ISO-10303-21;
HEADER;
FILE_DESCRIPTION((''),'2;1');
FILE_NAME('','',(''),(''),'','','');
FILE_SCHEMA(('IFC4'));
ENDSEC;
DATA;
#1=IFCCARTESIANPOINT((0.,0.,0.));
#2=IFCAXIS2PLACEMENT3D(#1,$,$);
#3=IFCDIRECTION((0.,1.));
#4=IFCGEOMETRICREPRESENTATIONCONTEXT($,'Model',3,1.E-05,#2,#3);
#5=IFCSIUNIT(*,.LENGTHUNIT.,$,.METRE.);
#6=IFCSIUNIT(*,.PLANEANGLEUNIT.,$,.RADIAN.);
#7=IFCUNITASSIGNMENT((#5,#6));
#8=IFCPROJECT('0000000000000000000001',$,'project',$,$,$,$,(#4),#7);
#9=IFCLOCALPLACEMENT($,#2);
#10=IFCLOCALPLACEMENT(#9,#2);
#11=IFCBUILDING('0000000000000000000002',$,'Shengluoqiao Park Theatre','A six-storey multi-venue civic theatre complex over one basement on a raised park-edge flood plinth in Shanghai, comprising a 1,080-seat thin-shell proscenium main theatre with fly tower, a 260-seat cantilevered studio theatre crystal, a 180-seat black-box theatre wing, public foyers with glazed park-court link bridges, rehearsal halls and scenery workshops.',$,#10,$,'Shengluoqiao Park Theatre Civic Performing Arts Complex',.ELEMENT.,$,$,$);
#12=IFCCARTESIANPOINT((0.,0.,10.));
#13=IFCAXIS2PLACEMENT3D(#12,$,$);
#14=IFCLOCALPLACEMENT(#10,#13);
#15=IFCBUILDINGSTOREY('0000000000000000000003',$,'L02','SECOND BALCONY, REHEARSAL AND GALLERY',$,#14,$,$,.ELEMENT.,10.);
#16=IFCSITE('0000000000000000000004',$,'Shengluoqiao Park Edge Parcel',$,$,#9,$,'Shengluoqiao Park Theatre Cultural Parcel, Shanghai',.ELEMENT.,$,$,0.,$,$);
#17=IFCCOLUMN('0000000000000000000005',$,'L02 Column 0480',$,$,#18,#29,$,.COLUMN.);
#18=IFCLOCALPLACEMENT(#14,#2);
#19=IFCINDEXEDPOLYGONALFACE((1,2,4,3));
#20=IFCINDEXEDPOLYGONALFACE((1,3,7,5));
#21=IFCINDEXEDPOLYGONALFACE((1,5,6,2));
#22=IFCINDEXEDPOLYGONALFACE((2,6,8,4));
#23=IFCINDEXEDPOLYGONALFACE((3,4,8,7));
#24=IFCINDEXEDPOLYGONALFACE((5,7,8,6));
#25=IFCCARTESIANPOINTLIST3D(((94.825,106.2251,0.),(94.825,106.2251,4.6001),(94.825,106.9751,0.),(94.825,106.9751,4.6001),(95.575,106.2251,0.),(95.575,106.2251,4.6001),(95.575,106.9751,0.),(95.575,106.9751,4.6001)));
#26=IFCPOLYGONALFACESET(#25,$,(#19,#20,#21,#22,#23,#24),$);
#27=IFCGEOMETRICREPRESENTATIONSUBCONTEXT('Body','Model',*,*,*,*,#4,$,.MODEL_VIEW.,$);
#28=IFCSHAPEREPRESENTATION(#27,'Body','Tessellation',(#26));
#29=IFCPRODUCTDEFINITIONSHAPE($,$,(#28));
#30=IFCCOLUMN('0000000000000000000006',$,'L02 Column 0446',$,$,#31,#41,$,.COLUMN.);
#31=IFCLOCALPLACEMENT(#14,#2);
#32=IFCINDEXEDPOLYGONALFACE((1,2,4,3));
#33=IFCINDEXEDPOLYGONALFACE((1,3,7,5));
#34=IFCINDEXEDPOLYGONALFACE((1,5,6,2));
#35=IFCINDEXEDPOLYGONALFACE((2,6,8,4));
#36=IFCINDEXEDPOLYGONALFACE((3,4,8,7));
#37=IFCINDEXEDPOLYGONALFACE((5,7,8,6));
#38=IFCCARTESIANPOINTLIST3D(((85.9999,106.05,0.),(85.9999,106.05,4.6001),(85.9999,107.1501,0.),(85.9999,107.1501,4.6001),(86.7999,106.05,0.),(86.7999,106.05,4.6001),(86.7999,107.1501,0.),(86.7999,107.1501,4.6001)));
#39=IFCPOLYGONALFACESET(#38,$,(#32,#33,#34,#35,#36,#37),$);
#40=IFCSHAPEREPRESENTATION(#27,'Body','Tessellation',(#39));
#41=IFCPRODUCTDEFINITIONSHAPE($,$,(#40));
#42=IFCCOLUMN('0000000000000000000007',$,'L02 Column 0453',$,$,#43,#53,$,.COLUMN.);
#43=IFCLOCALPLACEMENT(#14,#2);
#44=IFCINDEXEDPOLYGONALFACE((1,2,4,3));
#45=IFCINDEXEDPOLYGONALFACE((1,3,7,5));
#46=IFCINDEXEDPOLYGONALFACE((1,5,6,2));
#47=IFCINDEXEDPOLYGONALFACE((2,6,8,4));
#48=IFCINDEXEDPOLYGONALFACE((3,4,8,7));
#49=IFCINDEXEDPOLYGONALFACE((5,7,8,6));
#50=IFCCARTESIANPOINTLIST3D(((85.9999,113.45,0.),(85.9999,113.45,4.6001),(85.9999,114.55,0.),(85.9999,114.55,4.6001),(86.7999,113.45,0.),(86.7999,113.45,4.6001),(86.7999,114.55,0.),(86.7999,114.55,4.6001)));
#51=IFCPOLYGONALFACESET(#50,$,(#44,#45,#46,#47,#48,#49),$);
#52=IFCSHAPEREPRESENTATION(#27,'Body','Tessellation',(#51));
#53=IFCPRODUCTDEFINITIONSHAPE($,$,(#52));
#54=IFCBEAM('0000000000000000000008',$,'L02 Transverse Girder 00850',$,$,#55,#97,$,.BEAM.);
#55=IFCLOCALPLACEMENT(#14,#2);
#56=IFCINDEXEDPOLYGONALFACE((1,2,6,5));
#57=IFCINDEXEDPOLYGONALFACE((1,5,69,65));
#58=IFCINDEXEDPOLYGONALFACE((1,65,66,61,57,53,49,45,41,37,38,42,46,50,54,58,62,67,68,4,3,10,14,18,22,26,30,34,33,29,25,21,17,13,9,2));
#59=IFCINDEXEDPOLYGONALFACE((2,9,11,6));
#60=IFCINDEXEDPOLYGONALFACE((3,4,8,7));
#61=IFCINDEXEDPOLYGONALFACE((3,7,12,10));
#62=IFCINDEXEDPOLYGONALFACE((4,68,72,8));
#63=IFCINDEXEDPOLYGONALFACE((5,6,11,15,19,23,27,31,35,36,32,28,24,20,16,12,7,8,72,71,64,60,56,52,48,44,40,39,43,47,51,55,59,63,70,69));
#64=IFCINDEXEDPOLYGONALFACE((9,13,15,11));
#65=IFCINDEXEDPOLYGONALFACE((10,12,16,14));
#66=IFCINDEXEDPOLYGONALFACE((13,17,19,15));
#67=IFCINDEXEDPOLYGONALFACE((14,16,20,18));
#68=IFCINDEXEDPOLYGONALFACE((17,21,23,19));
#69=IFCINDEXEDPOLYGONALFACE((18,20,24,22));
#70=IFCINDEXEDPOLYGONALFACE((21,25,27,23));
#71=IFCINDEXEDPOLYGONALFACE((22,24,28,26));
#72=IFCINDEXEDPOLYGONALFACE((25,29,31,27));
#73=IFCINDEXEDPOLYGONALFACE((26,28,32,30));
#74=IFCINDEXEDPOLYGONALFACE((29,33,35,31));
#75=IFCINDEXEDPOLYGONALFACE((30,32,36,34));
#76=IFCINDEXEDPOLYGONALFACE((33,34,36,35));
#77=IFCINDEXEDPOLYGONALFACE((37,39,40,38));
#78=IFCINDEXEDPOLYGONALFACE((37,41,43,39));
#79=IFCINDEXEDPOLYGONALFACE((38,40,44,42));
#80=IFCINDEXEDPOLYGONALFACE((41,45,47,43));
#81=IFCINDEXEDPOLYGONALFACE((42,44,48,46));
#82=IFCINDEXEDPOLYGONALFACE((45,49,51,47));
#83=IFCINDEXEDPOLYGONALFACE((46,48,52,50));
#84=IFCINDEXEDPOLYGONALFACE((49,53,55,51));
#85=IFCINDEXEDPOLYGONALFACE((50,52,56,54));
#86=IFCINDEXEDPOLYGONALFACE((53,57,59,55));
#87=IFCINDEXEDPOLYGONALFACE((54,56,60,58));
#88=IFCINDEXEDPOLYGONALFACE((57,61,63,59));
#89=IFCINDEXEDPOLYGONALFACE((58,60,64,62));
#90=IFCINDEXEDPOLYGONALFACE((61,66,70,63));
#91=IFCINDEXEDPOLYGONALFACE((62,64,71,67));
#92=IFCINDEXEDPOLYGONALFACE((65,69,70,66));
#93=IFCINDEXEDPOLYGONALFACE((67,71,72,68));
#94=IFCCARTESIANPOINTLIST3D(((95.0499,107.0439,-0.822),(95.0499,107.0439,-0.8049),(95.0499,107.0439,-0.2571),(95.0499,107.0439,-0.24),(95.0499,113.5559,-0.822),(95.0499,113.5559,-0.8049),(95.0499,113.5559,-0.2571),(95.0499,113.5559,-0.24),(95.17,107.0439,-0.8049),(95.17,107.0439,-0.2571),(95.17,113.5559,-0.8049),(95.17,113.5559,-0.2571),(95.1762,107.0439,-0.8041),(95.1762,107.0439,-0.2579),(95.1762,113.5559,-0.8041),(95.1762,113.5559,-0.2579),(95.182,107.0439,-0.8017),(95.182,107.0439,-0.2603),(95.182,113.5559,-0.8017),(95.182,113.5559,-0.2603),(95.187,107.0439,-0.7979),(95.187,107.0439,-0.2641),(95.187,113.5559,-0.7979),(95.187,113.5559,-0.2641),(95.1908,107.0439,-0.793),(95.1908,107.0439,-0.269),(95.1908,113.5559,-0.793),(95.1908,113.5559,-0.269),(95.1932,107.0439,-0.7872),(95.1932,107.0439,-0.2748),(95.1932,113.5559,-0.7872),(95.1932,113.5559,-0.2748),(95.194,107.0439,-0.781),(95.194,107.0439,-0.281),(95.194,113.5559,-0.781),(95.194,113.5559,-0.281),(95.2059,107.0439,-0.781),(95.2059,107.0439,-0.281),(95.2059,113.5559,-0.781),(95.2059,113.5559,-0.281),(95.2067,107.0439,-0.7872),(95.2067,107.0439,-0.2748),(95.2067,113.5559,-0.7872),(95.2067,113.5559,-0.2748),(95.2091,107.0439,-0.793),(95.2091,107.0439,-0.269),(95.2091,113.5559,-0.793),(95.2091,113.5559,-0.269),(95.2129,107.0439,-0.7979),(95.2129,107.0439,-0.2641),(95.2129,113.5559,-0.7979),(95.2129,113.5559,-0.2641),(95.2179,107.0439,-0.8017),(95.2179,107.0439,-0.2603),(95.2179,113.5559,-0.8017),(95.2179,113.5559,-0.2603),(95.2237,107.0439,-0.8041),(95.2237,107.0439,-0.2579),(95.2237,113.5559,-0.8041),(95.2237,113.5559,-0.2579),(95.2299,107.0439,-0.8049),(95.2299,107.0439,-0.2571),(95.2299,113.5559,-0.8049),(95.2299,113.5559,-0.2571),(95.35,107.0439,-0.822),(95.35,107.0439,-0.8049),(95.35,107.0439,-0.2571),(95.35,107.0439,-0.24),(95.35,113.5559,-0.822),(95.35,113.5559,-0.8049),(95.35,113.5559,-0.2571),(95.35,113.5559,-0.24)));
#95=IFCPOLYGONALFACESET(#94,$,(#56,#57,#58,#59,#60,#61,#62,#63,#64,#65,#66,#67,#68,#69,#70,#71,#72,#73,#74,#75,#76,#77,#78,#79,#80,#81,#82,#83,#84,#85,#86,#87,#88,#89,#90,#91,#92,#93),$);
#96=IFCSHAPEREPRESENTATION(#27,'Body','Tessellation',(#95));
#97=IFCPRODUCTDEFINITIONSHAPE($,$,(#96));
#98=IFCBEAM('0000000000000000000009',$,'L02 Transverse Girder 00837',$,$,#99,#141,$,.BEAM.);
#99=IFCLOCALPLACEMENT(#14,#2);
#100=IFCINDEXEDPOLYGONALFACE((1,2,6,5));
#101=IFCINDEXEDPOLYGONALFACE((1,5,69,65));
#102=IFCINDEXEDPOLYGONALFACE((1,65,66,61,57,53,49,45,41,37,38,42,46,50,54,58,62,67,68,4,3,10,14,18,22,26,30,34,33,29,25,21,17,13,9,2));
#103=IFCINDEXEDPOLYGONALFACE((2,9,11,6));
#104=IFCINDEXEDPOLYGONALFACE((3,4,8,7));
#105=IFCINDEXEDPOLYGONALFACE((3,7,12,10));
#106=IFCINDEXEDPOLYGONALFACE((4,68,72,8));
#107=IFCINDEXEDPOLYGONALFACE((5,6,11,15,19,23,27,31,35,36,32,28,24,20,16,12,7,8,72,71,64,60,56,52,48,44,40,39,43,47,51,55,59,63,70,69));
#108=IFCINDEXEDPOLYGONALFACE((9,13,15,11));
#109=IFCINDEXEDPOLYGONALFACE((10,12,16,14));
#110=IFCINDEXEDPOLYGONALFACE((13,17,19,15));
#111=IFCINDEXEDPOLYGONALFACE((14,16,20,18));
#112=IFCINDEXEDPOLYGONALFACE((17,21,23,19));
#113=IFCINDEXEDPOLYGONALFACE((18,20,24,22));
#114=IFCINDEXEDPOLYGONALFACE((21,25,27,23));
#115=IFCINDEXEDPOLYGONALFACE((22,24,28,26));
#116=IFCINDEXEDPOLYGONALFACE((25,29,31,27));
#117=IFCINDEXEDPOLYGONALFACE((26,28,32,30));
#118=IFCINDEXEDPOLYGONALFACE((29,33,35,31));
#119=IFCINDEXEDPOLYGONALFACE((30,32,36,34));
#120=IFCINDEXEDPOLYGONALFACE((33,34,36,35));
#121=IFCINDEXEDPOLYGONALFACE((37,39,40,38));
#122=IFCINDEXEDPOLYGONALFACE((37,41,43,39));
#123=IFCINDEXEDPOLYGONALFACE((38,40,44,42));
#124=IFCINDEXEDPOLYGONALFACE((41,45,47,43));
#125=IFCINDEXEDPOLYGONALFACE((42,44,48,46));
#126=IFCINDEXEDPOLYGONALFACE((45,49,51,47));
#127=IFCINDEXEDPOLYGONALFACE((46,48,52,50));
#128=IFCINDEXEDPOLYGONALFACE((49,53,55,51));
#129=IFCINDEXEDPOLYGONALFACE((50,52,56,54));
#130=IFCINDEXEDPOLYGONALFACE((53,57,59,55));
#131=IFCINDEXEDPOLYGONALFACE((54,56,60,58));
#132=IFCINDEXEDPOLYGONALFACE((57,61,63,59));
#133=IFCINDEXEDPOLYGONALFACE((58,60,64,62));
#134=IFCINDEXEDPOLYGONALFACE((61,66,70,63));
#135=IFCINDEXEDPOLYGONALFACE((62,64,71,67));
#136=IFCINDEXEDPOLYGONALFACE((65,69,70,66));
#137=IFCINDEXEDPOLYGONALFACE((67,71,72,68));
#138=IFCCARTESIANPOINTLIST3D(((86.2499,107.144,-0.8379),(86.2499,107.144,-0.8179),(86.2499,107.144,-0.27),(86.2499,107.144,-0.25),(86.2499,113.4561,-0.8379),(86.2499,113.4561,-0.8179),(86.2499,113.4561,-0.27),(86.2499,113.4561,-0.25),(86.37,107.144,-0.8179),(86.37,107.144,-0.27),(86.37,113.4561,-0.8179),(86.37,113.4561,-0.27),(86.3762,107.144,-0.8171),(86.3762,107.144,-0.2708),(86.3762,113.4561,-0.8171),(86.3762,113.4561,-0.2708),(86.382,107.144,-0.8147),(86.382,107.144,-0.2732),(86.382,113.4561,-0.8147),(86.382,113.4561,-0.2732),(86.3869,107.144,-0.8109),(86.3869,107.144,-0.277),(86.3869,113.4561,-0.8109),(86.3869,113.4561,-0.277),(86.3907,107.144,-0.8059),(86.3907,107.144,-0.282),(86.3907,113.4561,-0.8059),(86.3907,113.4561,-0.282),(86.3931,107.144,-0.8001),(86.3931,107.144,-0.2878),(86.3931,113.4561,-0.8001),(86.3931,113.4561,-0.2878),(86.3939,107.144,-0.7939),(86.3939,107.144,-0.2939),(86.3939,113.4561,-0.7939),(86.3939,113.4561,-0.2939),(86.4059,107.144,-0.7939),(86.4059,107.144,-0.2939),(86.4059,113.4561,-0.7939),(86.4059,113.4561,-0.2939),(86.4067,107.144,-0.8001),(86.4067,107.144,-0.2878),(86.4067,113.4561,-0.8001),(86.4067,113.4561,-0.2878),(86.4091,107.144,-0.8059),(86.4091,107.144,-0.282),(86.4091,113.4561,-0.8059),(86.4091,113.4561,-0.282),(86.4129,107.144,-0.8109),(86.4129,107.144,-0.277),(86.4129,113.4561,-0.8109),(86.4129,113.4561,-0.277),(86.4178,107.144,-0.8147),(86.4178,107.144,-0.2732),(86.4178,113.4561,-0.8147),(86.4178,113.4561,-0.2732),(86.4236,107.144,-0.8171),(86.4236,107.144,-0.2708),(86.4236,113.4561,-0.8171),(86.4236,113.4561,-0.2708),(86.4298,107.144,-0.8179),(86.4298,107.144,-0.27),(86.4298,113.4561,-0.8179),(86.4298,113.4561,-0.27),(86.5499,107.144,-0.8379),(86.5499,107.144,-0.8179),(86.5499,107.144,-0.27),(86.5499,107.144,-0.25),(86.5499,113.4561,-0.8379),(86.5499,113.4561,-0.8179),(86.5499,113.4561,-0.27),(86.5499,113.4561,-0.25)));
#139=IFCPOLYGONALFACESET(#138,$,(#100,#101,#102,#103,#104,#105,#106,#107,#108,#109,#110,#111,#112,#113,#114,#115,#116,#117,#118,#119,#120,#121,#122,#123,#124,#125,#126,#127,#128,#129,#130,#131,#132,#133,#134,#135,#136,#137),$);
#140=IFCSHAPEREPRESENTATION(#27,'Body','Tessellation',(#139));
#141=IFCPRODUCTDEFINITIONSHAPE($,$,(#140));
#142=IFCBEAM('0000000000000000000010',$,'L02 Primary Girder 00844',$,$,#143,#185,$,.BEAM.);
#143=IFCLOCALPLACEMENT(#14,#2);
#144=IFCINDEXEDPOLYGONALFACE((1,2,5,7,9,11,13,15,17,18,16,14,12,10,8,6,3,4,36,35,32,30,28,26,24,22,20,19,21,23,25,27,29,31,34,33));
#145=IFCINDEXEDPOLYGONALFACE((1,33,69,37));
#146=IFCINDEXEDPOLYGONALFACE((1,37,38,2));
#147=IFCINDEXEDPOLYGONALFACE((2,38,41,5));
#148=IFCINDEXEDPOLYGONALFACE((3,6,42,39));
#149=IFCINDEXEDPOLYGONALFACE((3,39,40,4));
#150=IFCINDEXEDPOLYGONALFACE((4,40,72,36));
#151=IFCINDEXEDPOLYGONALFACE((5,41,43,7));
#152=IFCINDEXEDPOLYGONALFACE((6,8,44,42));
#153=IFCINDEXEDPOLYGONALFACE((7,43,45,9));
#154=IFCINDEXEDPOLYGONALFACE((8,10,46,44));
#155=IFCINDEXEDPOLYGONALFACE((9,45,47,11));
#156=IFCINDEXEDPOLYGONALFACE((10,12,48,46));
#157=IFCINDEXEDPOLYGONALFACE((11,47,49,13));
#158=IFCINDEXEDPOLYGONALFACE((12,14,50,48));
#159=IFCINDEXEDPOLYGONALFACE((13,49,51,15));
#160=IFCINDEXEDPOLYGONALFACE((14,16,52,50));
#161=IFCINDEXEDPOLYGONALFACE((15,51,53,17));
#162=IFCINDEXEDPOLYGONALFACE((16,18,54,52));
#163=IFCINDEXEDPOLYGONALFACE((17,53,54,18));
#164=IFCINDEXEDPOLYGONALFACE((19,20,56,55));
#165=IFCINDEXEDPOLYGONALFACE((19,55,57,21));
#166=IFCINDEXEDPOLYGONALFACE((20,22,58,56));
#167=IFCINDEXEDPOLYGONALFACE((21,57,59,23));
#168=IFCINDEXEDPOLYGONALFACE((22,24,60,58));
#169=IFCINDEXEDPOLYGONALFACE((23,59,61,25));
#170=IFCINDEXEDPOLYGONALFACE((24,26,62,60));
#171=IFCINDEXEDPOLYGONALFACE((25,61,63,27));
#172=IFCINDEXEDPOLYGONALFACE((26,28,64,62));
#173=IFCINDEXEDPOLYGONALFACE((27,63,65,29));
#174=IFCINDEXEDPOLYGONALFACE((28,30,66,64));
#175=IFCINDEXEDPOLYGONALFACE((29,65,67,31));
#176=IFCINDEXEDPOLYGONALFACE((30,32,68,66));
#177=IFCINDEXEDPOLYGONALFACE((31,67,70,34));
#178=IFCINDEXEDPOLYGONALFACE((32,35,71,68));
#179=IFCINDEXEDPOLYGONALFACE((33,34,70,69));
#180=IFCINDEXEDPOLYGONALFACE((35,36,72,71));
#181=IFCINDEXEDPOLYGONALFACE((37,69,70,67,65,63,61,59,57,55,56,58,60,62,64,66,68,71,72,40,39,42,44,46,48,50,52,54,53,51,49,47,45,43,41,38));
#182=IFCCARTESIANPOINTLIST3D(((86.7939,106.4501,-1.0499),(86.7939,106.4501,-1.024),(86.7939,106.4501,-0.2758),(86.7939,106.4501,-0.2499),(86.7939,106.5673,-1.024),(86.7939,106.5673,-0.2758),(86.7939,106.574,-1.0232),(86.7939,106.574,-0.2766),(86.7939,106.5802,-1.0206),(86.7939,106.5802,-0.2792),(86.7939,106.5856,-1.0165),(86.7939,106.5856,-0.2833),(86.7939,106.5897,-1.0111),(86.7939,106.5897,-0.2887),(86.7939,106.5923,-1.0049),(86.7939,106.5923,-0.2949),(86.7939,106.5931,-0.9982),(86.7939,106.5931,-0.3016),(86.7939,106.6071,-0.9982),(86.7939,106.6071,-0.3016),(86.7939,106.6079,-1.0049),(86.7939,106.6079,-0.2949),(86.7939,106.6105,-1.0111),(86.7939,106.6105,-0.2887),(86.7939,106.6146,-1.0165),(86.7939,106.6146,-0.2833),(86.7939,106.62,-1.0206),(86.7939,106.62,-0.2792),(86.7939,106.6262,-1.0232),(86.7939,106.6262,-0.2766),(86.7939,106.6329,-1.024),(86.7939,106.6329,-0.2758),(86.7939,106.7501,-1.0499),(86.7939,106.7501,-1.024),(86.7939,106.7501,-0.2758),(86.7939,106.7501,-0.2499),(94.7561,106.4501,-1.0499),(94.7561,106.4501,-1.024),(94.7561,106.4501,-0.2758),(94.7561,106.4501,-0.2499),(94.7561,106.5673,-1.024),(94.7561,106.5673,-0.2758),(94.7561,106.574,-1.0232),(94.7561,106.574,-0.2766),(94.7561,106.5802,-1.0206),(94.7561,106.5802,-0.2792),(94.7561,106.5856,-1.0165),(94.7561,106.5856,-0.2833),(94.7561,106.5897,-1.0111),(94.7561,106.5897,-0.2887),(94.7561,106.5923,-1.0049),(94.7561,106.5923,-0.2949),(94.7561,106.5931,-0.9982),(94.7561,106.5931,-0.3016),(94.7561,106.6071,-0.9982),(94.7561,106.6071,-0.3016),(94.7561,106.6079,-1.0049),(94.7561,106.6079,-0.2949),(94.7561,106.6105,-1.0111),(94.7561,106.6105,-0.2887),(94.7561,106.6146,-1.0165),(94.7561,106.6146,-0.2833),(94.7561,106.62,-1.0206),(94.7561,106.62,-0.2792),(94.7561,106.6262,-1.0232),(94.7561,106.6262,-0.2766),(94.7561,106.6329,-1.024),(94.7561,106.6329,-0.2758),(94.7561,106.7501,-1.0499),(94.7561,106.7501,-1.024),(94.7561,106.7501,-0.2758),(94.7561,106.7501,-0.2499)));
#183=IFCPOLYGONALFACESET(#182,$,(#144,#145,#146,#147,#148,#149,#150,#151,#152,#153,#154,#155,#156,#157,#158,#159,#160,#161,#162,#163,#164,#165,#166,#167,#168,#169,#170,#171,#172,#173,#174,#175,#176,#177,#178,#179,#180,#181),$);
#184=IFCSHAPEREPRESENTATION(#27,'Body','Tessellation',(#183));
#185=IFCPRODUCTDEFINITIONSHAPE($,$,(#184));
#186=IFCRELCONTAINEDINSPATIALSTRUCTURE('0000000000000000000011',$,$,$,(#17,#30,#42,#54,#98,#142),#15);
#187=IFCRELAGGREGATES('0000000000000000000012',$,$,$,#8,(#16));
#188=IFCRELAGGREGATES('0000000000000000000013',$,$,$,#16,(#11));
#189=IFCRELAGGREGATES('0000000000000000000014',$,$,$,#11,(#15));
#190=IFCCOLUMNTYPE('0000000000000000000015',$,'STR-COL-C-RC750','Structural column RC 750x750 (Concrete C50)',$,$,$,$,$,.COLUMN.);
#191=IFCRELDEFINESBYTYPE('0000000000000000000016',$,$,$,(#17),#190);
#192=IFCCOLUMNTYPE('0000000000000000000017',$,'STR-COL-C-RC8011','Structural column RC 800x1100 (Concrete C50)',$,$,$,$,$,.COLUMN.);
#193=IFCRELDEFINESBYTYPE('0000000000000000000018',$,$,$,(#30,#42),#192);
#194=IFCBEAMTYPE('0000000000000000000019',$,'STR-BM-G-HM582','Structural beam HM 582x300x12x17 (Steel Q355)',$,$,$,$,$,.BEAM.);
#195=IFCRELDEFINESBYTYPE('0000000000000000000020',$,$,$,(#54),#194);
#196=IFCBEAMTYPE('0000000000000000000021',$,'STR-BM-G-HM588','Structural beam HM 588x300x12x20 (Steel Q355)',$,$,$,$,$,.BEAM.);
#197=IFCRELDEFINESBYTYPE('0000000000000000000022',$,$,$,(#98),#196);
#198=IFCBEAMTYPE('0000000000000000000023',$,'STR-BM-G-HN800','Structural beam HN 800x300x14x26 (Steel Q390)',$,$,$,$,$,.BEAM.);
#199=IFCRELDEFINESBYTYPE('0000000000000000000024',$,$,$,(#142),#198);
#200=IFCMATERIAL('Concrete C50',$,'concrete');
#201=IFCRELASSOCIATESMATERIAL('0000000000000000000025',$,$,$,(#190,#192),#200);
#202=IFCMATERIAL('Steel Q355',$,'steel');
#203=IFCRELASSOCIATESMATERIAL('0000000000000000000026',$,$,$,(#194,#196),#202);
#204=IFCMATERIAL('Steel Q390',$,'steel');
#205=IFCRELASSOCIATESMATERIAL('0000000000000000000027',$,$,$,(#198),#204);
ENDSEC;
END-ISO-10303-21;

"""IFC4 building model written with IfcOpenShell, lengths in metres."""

from ifc_helpers import new_model, si_unit, direction, frame, origin, origin_2d, place, context, subcontext, project, spatial, rectangle, i_section, extrude, material, material_profile, profile_set, type_object, element, save


model = new_model("IFC4")

# Units and contexts
model_context = context("Model", 3, precision=1e-05, world=origin(), true_north=direction((0.0, 1.0)))
body_context = subcontext(model_context, "Body", "Model", "MODEL_VIEW")
ifc_project = project(units=[si_unit("LENGTHUNIT", "METRE"), si_unit("PLANEANGLEUNIT", "RADIAN")], contexts=[model_context])

# Site, building, storey
site_placement = place(None, origin())
site = spatial("IfcSite", under=ifc_project, at=site_placement, Name="Shengluoqiao Park Edge Parcel", LongName="Shengluoqiao Park Theatre Cultural Parcel, Shanghai", CompositionType="ELEMENT", RefElevation=0.0)
building_placement = place(site_placement, origin())
building = spatial("IfcBuilding", under=site, at=building_placement, Name="Shengluoqiao Park Theatre", Description="A six-storey multi-venue civic theatre complex over one basement on a raised park-edge flood plinth in Shanghai, comprising a 1,080-seat thin-shell proscenium main theatre with fly tower, a 260-seat cantilevered studio theatre crystal, a 180-seat black-box theatre wing, public foyers with glazed park-court link bridges, rehearsal halls and scenery workshops.", LongName="Shengluoqiao Park Theatre Civic Performing Arts Complex", CompositionType="ELEMENT")
storey_placement = place(building_placement, frame((0.0, 0.0, 10.0)))
storey = spatial("IfcBuildingStorey", under=building, at=storey_placement, Name="L02", Description="SECOND BALCONY, REHEARSAL AND GALLERY", CompositionType="ELEMENT", Elevation=10.0)

# Columns
ifc_material_1 = material(Name="Concrete C50", Category="concrete")
ifc_material_profile_1 = material_profile(ifc_material_1, rectangle(XDim=0.75, YDim=0.75, at=origin_2d()), Name="RC 750x750")
ifc_profile_set_1 = profile_set([ifc_material_profile_1], Name="Concrete C50")
column_type_1 = type_object("IfcColumnType", Name="STR-COL-C-RC750", Description="Structural column RC 750x750 (Concrete C50)", PredefinedType="COLUMN", material=ifc_profile_set_1)
column_placement = place(storey_placement, frame((95.2, 106.6001, 0.0), z_axis=(0.0, 0.0, 1.0), x_axis=(1.0, 0.0, 0.0)))
element("IfcColumn", 1, at=column_placement, inside=storey, type_object=column_type_1, Name="L02 Column 0480", PredefinedType="COLUMN", context=body_context, shape_type="SweptSolid", body=[
    extrude(rectangle(XDim=0.75, YDim=0.75, at=origin_2d()), origin(), (0.0, 0.0, 1.0), 4.6001),
])
ifc_material_profile_2 = material_profile(ifc_material_1, rectangle(XDim=0.8, YDim=1.1001, at=origin_2d()), Name="RC 800x1100")
ifc_profile_set_2 = profile_set([ifc_material_profile_2], Name="Concrete C50")
column_type_2 = type_object("IfcColumnType", Name="STR-COL-C-RC8011", Description="Structural column RC 800x1100 (Concrete C50)", PredefinedType="COLUMN", material=ifc_profile_set_2)
for number, where, z_axis, x_axis, name in (
    (2, (86.3999, 106.6001, 0.0), (0.0, 0.0, 1.0), (1.0, 0.0, 0.0), "L02 Column 0446"),
    (3, (86.3999, 114.0, 0.0), (0.0, 0.0, 1.0), (1.0, 0.0, 0.0), "L02 Column 0453"),
):
    element("IfcColumn", number, at=place(storey_placement, frame(where, z_axis=z_axis, x_axis=x_axis)), inside=storey, type_object=column_type_2, Name=name, PredefinedType="COLUMN", context=body_context, shape_type="SweptSolid", body=[
        extrude(rectangle(XDim=0.8, YDim=1.1001, at=origin_2d()), origin(), (0.0, 0.0, 1.0), 4.6001),
    ])

# Beams
ifc_material_2 = material(Name="Steel Q355", Category="steel")
ifc_material_profile_3 = material_profile(ifc_material_2, i_section(OverallWidth=0.3, OverallDepth=0.582, WebThickness=0.012, FlangeThickness=0.0171, FilletRadius=0.0239, at=origin_2d()), Name="HM 582x300x12x17")
ifc_profile_set_3 = profile_set([ifc_material_profile_3], Name="Steel Q355")
beam_type_1 = type_object("IfcBeamType", Name="STR-BM-G-HM582", Description="Structural beam HM 582x300x12x17 (Steel Q355)", PredefinedType="BEAM", material=ifc_profile_set_3)
beam_1_placement = place(storey_placement, frame((95.2, 107.0439, -0.531), z_axis=(0.0, 1.0, 0.0), x_axis=(-1.0, 0.0, 0.0)))
element("IfcBeam", 4, at=beam_1_placement, inside=storey, type_object=beam_type_1, Name="L02 Transverse Girder 00850", PredefinedType="BEAM", context=body_context, shape_type="SweptSolid", body=[
    extrude(i_section(OverallWidth=0.3, OverallDepth=0.582, WebThickness=0.012, FlangeThickness=0.0171, FilletRadius=0.0239, at=origin_2d()), origin(), (0.0, 0.0, 1.0), 6.512),
])
ifc_material_profile_4 = material_profile(ifc_material_2, i_section(OverallWidth=0.3, OverallDepth=0.5879, WebThickness=0.012, FlangeThickness=0.02, FilletRadius=0.0239, at=origin_2d()), Name="HM 588x300x12x20")
ifc_profile_set_4 = profile_set([ifc_material_profile_4], Name="Steel Q355")
beam_type_2 = type_object("IfcBeamType", Name="STR-BM-G-HM588", Description="Structural beam HM 588x300x12x20 (Steel Q355)", PredefinedType="BEAM", material=ifc_profile_set_4)
beam_2_placement = place(storey_placement, frame((86.3999, 107.144, -0.5439), z_axis=(0.0, 1.0, 0.0), x_axis=(-1.0, 0.0, 0.0)))
element("IfcBeam", 5, at=beam_2_placement, inside=storey, type_object=beam_type_2, Name="L02 Transverse Girder 00837", PredefinedType="BEAM", context=body_context, shape_type="SweptSolid", body=[
    extrude(i_section(OverallWidth=0.3, OverallDepth=0.5879, WebThickness=0.012, FlangeThickness=0.02, FilletRadius=0.0239, at=origin_2d()), origin(), (0.0, 0.0, 1.0), 6.312),
])
ifc_material_3 = material(Name="Steel Q390", Category="steel")
ifc_material_profile_5 = material_profile(ifc_material_3, i_section(OverallWidth=0.3, OverallDepth=0.8, WebThickness=0.0139, FlangeThickness=0.0259, FilletRadius=0.0259, at=origin_2d()), Name="HN 800x300x14x26")
ifc_profile_set_5 = profile_set([ifc_material_profile_5], Name="Steel Q390")
beam_type_3 = type_object("IfcBeamType", Name="STR-BM-G-HN800", Description="Structural beam HN 800x300x14x26 (Steel Q390)", PredefinedType="BEAM", material=ifc_profile_set_5)
for number, where, z_axis, x_axis, name in (
    (6, (86.7939, 106.6001, -0.6499), (1.0, 0.0, 0.0), (0.0, 1.0, 0.0), "L02 Primary Girder 00844"),
):
    element("IfcBeam", number, at=place(storey_placement, frame(where, z_axis=z_axis, x_axis=x_axis)), inside=storey, type_object=beam_type_3, Name=name, PredefinedType="BEAM", context=body_context, shape_type="SweptSolid", body=[
        extrude(i_section(OverallWidth=0.3, OverallDepth=0.8, WebThickness=0.0139, FlangeThickness=0.0259, FilletRadius=0.0259, at=origin_2d()), origin(), (0.0, 0.0, 1.0), 7.9622),
    ])

save(model, "model.ifc")
